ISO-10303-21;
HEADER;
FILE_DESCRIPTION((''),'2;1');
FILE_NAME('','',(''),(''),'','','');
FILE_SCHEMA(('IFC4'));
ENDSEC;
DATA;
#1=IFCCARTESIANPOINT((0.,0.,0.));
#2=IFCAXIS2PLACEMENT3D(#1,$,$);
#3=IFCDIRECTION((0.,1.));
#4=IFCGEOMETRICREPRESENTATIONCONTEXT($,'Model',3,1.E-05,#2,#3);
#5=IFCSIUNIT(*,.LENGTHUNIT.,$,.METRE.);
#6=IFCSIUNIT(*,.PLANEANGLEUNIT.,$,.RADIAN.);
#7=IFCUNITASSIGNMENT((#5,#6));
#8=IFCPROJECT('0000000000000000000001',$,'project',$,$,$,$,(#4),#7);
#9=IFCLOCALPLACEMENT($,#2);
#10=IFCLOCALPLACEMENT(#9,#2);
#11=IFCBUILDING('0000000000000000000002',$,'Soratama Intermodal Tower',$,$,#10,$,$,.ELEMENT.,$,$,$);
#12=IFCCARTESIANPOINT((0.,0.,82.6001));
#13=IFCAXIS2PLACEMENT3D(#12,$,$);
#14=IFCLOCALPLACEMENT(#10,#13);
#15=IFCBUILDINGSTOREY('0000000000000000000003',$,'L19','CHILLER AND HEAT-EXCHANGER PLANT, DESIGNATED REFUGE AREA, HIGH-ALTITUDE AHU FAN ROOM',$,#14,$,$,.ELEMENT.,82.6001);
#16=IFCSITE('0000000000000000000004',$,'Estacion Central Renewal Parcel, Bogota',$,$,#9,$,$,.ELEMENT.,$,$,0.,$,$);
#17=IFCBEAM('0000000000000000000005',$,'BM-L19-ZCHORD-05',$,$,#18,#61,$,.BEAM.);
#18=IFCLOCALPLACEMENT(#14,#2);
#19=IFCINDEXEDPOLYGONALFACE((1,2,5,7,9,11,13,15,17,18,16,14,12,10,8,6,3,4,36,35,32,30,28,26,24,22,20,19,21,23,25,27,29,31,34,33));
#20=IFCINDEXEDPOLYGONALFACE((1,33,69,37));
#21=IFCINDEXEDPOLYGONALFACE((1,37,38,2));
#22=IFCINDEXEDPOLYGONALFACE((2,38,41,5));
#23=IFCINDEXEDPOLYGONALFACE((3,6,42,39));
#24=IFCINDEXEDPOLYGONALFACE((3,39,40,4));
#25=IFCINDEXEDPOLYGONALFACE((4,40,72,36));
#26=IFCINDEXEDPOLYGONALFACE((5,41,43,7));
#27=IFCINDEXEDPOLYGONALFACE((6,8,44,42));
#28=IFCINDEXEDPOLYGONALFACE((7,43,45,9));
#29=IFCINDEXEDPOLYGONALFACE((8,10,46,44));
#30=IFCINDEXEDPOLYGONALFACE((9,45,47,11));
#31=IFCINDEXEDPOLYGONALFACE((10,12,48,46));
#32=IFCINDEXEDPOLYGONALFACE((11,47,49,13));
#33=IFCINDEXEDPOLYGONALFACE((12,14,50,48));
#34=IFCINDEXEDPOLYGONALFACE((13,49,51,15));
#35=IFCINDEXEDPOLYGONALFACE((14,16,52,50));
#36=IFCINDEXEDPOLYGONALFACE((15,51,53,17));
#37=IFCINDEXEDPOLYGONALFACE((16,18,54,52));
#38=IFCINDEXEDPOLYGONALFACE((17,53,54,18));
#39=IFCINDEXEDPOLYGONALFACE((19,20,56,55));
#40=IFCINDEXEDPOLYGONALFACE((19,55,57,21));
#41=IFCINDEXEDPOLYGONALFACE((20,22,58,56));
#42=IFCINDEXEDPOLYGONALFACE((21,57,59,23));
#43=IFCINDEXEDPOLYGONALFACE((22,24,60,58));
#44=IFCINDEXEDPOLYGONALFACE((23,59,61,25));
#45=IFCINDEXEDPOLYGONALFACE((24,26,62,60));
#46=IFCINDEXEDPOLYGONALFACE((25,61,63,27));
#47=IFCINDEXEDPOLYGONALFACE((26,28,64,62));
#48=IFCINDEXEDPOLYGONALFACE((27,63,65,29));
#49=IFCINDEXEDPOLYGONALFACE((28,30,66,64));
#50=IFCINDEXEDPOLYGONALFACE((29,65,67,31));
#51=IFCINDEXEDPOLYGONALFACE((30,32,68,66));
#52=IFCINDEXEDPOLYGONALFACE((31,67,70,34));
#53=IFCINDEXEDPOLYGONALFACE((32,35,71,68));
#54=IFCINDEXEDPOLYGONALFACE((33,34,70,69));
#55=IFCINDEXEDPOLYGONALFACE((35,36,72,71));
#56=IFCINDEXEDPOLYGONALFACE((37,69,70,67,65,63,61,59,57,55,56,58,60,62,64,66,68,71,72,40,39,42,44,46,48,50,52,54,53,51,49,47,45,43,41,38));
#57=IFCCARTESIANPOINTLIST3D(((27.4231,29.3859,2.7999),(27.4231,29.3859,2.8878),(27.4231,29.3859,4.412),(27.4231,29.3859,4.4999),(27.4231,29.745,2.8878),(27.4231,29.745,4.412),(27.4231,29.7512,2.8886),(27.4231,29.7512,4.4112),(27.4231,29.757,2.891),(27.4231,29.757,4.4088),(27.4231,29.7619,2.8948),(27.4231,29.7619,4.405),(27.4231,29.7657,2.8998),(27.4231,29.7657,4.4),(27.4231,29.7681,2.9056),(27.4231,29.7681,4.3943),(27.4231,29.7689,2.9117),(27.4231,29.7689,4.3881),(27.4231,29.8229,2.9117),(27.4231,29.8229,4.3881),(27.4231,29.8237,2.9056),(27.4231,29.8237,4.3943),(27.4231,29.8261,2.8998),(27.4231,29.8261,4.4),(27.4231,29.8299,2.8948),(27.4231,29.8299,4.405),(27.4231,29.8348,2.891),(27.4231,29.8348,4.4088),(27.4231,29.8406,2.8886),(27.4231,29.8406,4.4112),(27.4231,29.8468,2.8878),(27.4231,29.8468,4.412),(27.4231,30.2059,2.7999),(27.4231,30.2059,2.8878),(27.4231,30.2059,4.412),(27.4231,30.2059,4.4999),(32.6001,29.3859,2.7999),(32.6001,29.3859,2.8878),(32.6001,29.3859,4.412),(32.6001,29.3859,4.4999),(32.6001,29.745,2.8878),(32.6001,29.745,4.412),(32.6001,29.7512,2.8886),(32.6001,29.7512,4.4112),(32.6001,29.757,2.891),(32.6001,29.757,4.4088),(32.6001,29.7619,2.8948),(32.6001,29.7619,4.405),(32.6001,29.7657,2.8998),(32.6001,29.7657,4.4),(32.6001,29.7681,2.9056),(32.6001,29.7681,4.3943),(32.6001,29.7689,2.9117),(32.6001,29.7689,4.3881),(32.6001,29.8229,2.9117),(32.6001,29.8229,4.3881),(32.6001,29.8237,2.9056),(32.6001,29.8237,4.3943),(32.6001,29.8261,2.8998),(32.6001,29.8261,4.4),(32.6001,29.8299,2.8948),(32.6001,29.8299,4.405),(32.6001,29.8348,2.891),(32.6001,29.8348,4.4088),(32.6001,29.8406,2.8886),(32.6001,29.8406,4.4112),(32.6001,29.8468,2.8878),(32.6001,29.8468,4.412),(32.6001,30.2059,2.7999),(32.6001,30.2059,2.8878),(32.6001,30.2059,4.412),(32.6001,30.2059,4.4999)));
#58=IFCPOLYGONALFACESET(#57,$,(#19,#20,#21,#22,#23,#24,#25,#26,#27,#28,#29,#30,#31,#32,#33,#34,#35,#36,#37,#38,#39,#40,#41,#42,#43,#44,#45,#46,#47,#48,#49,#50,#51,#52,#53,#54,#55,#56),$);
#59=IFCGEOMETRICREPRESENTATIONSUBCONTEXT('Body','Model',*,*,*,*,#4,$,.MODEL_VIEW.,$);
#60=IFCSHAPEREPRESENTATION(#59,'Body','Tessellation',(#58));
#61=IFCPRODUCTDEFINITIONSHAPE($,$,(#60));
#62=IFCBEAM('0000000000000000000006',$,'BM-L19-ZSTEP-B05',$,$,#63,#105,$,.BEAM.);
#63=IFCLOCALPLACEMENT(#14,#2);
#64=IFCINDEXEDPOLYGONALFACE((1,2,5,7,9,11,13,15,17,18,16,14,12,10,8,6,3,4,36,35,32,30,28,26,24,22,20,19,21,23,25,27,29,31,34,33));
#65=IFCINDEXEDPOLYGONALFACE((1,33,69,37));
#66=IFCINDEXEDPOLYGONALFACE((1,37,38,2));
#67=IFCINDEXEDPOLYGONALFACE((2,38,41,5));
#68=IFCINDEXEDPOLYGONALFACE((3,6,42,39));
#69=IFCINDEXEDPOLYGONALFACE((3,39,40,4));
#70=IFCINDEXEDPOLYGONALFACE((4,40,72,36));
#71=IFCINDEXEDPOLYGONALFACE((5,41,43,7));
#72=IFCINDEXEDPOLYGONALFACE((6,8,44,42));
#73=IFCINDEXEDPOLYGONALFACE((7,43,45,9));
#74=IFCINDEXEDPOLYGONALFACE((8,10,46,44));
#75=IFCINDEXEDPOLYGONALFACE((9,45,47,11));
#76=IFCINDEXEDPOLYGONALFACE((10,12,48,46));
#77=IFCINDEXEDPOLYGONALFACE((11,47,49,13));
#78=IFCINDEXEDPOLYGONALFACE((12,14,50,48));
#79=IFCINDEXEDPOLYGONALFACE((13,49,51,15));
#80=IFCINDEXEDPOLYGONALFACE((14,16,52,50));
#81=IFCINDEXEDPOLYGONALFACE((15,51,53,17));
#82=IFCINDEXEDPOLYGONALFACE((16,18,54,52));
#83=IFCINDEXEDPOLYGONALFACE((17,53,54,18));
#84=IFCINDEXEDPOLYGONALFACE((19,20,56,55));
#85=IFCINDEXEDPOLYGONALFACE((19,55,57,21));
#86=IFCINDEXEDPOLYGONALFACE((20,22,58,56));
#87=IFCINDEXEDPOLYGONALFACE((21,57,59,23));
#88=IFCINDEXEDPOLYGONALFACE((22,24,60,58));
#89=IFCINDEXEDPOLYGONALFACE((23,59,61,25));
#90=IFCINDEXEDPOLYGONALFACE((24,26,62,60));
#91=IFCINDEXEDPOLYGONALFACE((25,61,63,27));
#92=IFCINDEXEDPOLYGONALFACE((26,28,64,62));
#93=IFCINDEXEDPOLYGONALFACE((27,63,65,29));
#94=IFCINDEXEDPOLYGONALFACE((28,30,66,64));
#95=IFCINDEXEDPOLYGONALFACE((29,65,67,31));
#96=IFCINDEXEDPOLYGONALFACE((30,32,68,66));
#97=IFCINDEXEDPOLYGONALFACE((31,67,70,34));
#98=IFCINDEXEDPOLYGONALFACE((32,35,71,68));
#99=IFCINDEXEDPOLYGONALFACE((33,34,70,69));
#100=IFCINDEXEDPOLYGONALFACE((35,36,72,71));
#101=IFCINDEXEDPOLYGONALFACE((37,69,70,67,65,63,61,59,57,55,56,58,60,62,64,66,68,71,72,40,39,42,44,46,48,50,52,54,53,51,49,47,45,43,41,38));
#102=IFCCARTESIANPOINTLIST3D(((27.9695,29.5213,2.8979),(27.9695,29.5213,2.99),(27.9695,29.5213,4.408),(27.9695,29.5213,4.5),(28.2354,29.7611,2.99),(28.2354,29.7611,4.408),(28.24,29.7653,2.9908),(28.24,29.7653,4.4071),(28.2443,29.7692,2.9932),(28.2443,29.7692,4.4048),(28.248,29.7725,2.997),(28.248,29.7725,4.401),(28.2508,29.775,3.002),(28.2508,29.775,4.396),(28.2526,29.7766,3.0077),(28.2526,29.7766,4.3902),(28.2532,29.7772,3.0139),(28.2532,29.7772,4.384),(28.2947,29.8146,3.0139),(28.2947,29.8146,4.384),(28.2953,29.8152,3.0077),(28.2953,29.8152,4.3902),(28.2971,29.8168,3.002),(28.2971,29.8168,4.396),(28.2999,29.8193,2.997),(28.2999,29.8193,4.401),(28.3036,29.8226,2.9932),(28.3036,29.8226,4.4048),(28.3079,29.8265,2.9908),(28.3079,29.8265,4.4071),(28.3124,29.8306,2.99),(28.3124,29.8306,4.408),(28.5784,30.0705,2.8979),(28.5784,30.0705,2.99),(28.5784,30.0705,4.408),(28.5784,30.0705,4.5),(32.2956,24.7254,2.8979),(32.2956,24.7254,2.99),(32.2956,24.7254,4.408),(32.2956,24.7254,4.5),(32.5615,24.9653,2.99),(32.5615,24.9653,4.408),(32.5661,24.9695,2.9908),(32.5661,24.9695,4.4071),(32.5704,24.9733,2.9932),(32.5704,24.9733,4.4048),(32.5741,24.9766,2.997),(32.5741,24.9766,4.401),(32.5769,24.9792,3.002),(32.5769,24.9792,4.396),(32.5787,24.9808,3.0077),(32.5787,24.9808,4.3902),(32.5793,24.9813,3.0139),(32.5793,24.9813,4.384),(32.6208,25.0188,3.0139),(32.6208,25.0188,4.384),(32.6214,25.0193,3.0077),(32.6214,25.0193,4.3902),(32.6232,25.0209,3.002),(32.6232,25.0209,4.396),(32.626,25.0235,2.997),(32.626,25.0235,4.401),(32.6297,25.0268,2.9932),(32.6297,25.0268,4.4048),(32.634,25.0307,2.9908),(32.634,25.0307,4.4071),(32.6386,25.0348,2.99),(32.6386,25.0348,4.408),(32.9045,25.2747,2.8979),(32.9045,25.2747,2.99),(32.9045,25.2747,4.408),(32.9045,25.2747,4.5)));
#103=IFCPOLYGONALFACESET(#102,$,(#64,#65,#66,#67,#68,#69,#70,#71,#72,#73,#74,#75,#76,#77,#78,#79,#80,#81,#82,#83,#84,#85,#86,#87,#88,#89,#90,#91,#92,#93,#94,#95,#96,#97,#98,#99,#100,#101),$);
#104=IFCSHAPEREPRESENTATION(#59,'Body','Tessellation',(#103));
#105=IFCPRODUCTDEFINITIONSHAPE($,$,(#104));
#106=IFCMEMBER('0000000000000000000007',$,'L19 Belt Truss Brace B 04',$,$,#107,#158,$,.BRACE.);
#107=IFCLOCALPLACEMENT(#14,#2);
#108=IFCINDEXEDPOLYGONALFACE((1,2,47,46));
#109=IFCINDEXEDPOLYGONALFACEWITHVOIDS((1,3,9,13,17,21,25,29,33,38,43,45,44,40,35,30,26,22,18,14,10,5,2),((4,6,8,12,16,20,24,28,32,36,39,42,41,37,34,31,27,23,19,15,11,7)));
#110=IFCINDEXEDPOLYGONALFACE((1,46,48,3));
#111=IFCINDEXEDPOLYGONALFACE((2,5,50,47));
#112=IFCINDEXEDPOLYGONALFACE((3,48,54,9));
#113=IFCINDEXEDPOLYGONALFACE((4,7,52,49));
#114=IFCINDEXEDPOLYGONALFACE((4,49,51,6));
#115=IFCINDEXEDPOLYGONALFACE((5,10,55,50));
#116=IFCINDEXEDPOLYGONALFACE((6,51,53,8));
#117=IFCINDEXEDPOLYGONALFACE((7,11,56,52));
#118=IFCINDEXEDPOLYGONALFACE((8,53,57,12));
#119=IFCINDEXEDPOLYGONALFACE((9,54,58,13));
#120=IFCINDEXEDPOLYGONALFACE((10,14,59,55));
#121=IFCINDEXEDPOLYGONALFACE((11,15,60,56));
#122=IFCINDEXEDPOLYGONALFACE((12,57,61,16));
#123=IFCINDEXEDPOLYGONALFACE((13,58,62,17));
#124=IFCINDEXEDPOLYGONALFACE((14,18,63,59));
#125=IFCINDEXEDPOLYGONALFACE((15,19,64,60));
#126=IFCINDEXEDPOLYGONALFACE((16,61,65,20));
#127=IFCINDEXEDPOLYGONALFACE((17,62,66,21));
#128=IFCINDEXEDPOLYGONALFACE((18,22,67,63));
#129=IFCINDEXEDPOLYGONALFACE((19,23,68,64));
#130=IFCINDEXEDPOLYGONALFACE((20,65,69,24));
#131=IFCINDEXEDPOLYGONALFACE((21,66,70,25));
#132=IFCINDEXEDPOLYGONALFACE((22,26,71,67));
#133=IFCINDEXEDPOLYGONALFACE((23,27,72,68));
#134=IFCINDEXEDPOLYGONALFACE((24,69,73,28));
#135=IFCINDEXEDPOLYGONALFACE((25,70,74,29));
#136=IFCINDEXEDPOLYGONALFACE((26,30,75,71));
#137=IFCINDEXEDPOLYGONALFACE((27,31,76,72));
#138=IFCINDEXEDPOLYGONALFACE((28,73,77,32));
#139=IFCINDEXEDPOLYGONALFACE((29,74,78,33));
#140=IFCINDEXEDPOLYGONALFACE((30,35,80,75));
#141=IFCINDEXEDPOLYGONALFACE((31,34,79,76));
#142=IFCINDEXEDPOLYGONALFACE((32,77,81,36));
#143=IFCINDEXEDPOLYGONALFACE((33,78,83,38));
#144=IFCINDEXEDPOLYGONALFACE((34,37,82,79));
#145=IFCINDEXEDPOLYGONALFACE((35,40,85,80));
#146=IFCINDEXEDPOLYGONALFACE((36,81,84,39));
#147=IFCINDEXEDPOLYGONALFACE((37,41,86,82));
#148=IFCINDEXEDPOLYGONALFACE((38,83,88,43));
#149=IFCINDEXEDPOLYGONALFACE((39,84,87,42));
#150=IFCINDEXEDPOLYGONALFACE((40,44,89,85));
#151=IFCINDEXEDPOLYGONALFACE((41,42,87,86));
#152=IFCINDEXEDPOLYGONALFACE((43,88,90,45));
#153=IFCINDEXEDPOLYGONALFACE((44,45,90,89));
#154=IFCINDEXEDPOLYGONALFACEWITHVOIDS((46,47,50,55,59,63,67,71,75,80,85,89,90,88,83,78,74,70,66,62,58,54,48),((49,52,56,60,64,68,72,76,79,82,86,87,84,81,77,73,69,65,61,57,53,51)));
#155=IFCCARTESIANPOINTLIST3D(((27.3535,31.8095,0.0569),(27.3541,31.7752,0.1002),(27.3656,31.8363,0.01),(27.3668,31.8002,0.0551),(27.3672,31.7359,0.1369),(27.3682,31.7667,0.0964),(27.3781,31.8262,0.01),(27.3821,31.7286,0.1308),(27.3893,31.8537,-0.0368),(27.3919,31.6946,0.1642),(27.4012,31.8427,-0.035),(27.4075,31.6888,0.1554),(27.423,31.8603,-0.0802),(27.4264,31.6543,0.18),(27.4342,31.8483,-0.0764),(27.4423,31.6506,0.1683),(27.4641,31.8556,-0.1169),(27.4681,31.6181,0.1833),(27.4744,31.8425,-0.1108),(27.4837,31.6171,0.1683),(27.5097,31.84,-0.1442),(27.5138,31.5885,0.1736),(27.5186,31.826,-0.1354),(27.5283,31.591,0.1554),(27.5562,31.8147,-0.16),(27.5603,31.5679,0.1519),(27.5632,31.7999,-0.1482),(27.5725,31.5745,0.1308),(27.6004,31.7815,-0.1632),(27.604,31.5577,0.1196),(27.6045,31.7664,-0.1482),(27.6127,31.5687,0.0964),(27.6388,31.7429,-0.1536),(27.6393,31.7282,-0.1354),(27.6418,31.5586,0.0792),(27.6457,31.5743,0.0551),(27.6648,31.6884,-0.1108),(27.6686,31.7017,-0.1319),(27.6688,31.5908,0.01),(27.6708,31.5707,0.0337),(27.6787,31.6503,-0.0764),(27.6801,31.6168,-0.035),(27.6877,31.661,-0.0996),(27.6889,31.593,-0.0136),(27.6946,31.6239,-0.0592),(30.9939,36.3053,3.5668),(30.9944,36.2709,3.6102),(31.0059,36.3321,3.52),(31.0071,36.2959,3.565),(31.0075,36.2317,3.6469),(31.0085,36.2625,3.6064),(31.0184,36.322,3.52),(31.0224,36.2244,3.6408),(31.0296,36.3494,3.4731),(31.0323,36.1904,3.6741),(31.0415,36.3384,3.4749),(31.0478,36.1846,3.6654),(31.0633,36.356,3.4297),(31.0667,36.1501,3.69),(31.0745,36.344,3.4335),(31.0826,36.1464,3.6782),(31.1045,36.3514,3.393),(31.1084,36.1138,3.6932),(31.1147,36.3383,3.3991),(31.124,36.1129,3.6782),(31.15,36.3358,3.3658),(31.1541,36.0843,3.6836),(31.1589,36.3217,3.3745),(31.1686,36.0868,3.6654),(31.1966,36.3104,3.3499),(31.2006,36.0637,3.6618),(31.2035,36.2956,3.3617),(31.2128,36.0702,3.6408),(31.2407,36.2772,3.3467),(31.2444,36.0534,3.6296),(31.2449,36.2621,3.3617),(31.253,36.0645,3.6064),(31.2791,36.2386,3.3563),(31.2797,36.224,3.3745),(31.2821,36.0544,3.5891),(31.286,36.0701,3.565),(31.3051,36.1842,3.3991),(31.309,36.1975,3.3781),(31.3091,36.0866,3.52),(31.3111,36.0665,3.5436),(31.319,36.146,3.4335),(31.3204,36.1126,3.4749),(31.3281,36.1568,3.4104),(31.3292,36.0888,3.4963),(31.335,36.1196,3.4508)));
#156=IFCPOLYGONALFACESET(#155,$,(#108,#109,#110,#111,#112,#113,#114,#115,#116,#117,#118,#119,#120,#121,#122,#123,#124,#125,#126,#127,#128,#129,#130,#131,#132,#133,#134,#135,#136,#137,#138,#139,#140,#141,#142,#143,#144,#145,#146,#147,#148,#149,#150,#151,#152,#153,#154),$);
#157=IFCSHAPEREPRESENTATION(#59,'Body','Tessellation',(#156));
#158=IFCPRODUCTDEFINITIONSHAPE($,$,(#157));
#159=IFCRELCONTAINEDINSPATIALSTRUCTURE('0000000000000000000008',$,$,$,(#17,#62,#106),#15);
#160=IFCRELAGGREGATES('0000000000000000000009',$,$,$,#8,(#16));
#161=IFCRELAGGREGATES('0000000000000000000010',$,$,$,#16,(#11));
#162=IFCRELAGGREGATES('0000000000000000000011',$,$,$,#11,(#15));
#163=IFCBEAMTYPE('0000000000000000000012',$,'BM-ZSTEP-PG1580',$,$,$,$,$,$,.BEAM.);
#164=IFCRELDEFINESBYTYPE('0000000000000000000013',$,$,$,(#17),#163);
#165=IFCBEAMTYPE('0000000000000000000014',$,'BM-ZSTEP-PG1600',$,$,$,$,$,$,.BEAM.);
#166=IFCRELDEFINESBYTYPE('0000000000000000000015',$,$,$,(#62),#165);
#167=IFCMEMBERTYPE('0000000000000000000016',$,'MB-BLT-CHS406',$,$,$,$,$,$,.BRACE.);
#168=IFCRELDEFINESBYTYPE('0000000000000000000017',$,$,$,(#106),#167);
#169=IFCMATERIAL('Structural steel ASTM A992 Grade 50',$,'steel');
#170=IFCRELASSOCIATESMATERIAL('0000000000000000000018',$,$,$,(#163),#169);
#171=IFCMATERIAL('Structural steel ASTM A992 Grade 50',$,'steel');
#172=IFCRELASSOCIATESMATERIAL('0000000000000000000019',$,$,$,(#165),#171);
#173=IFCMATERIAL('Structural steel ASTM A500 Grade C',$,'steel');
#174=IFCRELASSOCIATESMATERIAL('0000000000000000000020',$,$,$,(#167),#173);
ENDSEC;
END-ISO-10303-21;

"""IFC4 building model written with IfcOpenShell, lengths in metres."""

from ifc_helpers import new_model, si_unit, direction, frame, origin, origin_2d, place, context, subcontext, project, spatial, hollow_circle, i_section, extrude, material, material_profile, profile_set, type_object, element, save


model = new_model("IFC4")

# Units and contexts
model_context = context("Model", 3, precision=1e-05, world=origin(), true_north=direction((0.0, 1.0)))
body_context = subcontext(model_context, "Body", "Model", "MODEL_VIEW")
ifc_project = project(units=[si_unit("LENGTHUNIT", "METRE"), si_unit("PLANEANGLEUNIT", "RADIAN")], contexts=[model_context])

# Site, building, storey
site_placement = place(None, origin())
site = spatial("IfcSite", under=ifc_project, at=site_placement, Name="Estacion Central Renewal Parcel, Bogota", CompositionType="ELEMENT", RefElevation=0.0)
building_placement = place(site_placement, origin())
building = spatial("IfcBuilding", under=site, at=building_placement, Name="Soratama Intermodal Tower", CompositionType="ELEMENT")
storey_placement = place(building_placement, frame((0.0, 0.0, 82.6001)))
storey = spatial("IfcBuildingStorey", under=building, at=storey_placement, Name="L19", Description="CHILLER AND HEAT-EXCHANGER PLANT, DESIGNATED REFUGE AREA, HIGH-ALTITUDE AHU FAN ROOM", CompositionType="ELEMENT", Elevation=82.6001)

# Beams
ifc_material_1 = material(Name="Structural steel ASTM A992 Grade 50", Category="steel")
ifc_material_profile_1 = material_profile(ifc_material_1, i_section(OverallWidth=0.8201, OverallDepth=1.7, WebThickness=0.054, FlangeThickness=0.0879, FilletRadius=0.0239, at=origin_2d()), Name="PG1580X800")
ifc_profile_set_1 = profile_set([ifc_material_profile_1], Name="Structural steel ASTM A992 Grade 50")
beam_type_1 = type_object("IfcBeamType", Name="BM-ZSTEP-PG1580", PredefinedType="BEAM", material=ifc_profile_set_1)
beam_1_placement = place(storey_placement, frame((27.4231, 29.7959, 3.6499), z_axis=(1.0, 0.0, 0.0), x_axis=(0.0, 1.0, 0.0)))
element("IfcBeam", 1, at=beam_1_placement, inside=storey, type_object=beam_type_1, Name="BM-L19-ZCHORD-05", PredefinedType="BEAM", context=body_context, shape_type="SweptSolid", body=[
    extrude(i_section(OverallWidth=0.8201, OverallDepth=1.7, WebThickness=0.054, FlangeThickness=0.0879, FilletRadius=0.0239, at=origin_2d()), origin(), (0.0, 0.0, 1.0), 5.177),
])
ifc_material_2 = material(Name="Structural steel ASTM A992 Grade 50", Category="steel")
ifc_material_profile_2 = material_profile(ifc_material_2, i_section(OverallWidth=0.8201, OverallDepth=1.6021, WebThickness=0.0559, FlangeThickness=0.092, FilletRadius=0.0239, at=origin_2d()), Name="PG1600X650")
ifc_profile_set_2 = profile_set([ifc_material_profile_2], Name="Structural steel ASTM A992 Grade 50")
beam_type_2 = type_object("IfcBeamType", Name="BM-ZSTEP-PG1600", PredefinedType="BEAM", material=ifc_profile_set_2)
beam_2_placement = place(storey_placement, frame((28.2739, 29.7959, 3.699), z_axis=(0.669808, -0.742534, 0.0), x_axis=(0.742534, 0.669808, 0.0)))
element("IfcBeam", 2, at=beam_2_placement, inside=storey, type_object=beam_type_2, Name="BM-L19-ZSTEP-B05", PredefinedType="BEAM", context=body_context, shape_type="SweptSolid", body=[
    extrude(i_section(OverallWidth=0.8201, OverallDepth=1.6021, WebThickness=0.0559, FlangeThickness=0.092, FilletRadius=0.0239, at=origin_2d()), origin(), (0.0, 0.0, 1.0), 6.4587),
])

# Member
ifc_material_3 = material(Name="Structural steel ASTM A500 Grade C", Category="steel")
ifc_material_profile_3 = material_profile(ifc_material_3, hollow_circle(Radius=0.2031, WallThickness=0.0161, at=origin_2d()), Name="CHS406X16")
ifc_profile_set_3 = profile_set([ifc_material_profile_3], Name="Structural steel ASTM A500 Grade C")
member_type_1 = type_object("IfcMemberType", Name="MB-BLT-CHS406", PredefinedType="BRACE", material=ifc_profile_set_3)
member_1_placement = place(storey_placement, frame((27.5234, 31.7085, 0.01), z_axis=(0.538002, 0.66443, 0.518735), x_axis=(-0.77717, 0.62929, 0.0)))
element("IfcMember", 3, at=member_1_placement, inside=storey, type_object=member_type_1, Name="L19 Belt Truss Brace B 04", PredefinedType="BRACE", context=body_context, shape_type="SweptSolid", body=[
    extrude(hollow_circle(Radius=0.2031, WallThickness=0.0161, at=origin_2d()), origin(), (0.0, 0.0, 1.0), 6.7664),
])

save(model, "model.ifc")
